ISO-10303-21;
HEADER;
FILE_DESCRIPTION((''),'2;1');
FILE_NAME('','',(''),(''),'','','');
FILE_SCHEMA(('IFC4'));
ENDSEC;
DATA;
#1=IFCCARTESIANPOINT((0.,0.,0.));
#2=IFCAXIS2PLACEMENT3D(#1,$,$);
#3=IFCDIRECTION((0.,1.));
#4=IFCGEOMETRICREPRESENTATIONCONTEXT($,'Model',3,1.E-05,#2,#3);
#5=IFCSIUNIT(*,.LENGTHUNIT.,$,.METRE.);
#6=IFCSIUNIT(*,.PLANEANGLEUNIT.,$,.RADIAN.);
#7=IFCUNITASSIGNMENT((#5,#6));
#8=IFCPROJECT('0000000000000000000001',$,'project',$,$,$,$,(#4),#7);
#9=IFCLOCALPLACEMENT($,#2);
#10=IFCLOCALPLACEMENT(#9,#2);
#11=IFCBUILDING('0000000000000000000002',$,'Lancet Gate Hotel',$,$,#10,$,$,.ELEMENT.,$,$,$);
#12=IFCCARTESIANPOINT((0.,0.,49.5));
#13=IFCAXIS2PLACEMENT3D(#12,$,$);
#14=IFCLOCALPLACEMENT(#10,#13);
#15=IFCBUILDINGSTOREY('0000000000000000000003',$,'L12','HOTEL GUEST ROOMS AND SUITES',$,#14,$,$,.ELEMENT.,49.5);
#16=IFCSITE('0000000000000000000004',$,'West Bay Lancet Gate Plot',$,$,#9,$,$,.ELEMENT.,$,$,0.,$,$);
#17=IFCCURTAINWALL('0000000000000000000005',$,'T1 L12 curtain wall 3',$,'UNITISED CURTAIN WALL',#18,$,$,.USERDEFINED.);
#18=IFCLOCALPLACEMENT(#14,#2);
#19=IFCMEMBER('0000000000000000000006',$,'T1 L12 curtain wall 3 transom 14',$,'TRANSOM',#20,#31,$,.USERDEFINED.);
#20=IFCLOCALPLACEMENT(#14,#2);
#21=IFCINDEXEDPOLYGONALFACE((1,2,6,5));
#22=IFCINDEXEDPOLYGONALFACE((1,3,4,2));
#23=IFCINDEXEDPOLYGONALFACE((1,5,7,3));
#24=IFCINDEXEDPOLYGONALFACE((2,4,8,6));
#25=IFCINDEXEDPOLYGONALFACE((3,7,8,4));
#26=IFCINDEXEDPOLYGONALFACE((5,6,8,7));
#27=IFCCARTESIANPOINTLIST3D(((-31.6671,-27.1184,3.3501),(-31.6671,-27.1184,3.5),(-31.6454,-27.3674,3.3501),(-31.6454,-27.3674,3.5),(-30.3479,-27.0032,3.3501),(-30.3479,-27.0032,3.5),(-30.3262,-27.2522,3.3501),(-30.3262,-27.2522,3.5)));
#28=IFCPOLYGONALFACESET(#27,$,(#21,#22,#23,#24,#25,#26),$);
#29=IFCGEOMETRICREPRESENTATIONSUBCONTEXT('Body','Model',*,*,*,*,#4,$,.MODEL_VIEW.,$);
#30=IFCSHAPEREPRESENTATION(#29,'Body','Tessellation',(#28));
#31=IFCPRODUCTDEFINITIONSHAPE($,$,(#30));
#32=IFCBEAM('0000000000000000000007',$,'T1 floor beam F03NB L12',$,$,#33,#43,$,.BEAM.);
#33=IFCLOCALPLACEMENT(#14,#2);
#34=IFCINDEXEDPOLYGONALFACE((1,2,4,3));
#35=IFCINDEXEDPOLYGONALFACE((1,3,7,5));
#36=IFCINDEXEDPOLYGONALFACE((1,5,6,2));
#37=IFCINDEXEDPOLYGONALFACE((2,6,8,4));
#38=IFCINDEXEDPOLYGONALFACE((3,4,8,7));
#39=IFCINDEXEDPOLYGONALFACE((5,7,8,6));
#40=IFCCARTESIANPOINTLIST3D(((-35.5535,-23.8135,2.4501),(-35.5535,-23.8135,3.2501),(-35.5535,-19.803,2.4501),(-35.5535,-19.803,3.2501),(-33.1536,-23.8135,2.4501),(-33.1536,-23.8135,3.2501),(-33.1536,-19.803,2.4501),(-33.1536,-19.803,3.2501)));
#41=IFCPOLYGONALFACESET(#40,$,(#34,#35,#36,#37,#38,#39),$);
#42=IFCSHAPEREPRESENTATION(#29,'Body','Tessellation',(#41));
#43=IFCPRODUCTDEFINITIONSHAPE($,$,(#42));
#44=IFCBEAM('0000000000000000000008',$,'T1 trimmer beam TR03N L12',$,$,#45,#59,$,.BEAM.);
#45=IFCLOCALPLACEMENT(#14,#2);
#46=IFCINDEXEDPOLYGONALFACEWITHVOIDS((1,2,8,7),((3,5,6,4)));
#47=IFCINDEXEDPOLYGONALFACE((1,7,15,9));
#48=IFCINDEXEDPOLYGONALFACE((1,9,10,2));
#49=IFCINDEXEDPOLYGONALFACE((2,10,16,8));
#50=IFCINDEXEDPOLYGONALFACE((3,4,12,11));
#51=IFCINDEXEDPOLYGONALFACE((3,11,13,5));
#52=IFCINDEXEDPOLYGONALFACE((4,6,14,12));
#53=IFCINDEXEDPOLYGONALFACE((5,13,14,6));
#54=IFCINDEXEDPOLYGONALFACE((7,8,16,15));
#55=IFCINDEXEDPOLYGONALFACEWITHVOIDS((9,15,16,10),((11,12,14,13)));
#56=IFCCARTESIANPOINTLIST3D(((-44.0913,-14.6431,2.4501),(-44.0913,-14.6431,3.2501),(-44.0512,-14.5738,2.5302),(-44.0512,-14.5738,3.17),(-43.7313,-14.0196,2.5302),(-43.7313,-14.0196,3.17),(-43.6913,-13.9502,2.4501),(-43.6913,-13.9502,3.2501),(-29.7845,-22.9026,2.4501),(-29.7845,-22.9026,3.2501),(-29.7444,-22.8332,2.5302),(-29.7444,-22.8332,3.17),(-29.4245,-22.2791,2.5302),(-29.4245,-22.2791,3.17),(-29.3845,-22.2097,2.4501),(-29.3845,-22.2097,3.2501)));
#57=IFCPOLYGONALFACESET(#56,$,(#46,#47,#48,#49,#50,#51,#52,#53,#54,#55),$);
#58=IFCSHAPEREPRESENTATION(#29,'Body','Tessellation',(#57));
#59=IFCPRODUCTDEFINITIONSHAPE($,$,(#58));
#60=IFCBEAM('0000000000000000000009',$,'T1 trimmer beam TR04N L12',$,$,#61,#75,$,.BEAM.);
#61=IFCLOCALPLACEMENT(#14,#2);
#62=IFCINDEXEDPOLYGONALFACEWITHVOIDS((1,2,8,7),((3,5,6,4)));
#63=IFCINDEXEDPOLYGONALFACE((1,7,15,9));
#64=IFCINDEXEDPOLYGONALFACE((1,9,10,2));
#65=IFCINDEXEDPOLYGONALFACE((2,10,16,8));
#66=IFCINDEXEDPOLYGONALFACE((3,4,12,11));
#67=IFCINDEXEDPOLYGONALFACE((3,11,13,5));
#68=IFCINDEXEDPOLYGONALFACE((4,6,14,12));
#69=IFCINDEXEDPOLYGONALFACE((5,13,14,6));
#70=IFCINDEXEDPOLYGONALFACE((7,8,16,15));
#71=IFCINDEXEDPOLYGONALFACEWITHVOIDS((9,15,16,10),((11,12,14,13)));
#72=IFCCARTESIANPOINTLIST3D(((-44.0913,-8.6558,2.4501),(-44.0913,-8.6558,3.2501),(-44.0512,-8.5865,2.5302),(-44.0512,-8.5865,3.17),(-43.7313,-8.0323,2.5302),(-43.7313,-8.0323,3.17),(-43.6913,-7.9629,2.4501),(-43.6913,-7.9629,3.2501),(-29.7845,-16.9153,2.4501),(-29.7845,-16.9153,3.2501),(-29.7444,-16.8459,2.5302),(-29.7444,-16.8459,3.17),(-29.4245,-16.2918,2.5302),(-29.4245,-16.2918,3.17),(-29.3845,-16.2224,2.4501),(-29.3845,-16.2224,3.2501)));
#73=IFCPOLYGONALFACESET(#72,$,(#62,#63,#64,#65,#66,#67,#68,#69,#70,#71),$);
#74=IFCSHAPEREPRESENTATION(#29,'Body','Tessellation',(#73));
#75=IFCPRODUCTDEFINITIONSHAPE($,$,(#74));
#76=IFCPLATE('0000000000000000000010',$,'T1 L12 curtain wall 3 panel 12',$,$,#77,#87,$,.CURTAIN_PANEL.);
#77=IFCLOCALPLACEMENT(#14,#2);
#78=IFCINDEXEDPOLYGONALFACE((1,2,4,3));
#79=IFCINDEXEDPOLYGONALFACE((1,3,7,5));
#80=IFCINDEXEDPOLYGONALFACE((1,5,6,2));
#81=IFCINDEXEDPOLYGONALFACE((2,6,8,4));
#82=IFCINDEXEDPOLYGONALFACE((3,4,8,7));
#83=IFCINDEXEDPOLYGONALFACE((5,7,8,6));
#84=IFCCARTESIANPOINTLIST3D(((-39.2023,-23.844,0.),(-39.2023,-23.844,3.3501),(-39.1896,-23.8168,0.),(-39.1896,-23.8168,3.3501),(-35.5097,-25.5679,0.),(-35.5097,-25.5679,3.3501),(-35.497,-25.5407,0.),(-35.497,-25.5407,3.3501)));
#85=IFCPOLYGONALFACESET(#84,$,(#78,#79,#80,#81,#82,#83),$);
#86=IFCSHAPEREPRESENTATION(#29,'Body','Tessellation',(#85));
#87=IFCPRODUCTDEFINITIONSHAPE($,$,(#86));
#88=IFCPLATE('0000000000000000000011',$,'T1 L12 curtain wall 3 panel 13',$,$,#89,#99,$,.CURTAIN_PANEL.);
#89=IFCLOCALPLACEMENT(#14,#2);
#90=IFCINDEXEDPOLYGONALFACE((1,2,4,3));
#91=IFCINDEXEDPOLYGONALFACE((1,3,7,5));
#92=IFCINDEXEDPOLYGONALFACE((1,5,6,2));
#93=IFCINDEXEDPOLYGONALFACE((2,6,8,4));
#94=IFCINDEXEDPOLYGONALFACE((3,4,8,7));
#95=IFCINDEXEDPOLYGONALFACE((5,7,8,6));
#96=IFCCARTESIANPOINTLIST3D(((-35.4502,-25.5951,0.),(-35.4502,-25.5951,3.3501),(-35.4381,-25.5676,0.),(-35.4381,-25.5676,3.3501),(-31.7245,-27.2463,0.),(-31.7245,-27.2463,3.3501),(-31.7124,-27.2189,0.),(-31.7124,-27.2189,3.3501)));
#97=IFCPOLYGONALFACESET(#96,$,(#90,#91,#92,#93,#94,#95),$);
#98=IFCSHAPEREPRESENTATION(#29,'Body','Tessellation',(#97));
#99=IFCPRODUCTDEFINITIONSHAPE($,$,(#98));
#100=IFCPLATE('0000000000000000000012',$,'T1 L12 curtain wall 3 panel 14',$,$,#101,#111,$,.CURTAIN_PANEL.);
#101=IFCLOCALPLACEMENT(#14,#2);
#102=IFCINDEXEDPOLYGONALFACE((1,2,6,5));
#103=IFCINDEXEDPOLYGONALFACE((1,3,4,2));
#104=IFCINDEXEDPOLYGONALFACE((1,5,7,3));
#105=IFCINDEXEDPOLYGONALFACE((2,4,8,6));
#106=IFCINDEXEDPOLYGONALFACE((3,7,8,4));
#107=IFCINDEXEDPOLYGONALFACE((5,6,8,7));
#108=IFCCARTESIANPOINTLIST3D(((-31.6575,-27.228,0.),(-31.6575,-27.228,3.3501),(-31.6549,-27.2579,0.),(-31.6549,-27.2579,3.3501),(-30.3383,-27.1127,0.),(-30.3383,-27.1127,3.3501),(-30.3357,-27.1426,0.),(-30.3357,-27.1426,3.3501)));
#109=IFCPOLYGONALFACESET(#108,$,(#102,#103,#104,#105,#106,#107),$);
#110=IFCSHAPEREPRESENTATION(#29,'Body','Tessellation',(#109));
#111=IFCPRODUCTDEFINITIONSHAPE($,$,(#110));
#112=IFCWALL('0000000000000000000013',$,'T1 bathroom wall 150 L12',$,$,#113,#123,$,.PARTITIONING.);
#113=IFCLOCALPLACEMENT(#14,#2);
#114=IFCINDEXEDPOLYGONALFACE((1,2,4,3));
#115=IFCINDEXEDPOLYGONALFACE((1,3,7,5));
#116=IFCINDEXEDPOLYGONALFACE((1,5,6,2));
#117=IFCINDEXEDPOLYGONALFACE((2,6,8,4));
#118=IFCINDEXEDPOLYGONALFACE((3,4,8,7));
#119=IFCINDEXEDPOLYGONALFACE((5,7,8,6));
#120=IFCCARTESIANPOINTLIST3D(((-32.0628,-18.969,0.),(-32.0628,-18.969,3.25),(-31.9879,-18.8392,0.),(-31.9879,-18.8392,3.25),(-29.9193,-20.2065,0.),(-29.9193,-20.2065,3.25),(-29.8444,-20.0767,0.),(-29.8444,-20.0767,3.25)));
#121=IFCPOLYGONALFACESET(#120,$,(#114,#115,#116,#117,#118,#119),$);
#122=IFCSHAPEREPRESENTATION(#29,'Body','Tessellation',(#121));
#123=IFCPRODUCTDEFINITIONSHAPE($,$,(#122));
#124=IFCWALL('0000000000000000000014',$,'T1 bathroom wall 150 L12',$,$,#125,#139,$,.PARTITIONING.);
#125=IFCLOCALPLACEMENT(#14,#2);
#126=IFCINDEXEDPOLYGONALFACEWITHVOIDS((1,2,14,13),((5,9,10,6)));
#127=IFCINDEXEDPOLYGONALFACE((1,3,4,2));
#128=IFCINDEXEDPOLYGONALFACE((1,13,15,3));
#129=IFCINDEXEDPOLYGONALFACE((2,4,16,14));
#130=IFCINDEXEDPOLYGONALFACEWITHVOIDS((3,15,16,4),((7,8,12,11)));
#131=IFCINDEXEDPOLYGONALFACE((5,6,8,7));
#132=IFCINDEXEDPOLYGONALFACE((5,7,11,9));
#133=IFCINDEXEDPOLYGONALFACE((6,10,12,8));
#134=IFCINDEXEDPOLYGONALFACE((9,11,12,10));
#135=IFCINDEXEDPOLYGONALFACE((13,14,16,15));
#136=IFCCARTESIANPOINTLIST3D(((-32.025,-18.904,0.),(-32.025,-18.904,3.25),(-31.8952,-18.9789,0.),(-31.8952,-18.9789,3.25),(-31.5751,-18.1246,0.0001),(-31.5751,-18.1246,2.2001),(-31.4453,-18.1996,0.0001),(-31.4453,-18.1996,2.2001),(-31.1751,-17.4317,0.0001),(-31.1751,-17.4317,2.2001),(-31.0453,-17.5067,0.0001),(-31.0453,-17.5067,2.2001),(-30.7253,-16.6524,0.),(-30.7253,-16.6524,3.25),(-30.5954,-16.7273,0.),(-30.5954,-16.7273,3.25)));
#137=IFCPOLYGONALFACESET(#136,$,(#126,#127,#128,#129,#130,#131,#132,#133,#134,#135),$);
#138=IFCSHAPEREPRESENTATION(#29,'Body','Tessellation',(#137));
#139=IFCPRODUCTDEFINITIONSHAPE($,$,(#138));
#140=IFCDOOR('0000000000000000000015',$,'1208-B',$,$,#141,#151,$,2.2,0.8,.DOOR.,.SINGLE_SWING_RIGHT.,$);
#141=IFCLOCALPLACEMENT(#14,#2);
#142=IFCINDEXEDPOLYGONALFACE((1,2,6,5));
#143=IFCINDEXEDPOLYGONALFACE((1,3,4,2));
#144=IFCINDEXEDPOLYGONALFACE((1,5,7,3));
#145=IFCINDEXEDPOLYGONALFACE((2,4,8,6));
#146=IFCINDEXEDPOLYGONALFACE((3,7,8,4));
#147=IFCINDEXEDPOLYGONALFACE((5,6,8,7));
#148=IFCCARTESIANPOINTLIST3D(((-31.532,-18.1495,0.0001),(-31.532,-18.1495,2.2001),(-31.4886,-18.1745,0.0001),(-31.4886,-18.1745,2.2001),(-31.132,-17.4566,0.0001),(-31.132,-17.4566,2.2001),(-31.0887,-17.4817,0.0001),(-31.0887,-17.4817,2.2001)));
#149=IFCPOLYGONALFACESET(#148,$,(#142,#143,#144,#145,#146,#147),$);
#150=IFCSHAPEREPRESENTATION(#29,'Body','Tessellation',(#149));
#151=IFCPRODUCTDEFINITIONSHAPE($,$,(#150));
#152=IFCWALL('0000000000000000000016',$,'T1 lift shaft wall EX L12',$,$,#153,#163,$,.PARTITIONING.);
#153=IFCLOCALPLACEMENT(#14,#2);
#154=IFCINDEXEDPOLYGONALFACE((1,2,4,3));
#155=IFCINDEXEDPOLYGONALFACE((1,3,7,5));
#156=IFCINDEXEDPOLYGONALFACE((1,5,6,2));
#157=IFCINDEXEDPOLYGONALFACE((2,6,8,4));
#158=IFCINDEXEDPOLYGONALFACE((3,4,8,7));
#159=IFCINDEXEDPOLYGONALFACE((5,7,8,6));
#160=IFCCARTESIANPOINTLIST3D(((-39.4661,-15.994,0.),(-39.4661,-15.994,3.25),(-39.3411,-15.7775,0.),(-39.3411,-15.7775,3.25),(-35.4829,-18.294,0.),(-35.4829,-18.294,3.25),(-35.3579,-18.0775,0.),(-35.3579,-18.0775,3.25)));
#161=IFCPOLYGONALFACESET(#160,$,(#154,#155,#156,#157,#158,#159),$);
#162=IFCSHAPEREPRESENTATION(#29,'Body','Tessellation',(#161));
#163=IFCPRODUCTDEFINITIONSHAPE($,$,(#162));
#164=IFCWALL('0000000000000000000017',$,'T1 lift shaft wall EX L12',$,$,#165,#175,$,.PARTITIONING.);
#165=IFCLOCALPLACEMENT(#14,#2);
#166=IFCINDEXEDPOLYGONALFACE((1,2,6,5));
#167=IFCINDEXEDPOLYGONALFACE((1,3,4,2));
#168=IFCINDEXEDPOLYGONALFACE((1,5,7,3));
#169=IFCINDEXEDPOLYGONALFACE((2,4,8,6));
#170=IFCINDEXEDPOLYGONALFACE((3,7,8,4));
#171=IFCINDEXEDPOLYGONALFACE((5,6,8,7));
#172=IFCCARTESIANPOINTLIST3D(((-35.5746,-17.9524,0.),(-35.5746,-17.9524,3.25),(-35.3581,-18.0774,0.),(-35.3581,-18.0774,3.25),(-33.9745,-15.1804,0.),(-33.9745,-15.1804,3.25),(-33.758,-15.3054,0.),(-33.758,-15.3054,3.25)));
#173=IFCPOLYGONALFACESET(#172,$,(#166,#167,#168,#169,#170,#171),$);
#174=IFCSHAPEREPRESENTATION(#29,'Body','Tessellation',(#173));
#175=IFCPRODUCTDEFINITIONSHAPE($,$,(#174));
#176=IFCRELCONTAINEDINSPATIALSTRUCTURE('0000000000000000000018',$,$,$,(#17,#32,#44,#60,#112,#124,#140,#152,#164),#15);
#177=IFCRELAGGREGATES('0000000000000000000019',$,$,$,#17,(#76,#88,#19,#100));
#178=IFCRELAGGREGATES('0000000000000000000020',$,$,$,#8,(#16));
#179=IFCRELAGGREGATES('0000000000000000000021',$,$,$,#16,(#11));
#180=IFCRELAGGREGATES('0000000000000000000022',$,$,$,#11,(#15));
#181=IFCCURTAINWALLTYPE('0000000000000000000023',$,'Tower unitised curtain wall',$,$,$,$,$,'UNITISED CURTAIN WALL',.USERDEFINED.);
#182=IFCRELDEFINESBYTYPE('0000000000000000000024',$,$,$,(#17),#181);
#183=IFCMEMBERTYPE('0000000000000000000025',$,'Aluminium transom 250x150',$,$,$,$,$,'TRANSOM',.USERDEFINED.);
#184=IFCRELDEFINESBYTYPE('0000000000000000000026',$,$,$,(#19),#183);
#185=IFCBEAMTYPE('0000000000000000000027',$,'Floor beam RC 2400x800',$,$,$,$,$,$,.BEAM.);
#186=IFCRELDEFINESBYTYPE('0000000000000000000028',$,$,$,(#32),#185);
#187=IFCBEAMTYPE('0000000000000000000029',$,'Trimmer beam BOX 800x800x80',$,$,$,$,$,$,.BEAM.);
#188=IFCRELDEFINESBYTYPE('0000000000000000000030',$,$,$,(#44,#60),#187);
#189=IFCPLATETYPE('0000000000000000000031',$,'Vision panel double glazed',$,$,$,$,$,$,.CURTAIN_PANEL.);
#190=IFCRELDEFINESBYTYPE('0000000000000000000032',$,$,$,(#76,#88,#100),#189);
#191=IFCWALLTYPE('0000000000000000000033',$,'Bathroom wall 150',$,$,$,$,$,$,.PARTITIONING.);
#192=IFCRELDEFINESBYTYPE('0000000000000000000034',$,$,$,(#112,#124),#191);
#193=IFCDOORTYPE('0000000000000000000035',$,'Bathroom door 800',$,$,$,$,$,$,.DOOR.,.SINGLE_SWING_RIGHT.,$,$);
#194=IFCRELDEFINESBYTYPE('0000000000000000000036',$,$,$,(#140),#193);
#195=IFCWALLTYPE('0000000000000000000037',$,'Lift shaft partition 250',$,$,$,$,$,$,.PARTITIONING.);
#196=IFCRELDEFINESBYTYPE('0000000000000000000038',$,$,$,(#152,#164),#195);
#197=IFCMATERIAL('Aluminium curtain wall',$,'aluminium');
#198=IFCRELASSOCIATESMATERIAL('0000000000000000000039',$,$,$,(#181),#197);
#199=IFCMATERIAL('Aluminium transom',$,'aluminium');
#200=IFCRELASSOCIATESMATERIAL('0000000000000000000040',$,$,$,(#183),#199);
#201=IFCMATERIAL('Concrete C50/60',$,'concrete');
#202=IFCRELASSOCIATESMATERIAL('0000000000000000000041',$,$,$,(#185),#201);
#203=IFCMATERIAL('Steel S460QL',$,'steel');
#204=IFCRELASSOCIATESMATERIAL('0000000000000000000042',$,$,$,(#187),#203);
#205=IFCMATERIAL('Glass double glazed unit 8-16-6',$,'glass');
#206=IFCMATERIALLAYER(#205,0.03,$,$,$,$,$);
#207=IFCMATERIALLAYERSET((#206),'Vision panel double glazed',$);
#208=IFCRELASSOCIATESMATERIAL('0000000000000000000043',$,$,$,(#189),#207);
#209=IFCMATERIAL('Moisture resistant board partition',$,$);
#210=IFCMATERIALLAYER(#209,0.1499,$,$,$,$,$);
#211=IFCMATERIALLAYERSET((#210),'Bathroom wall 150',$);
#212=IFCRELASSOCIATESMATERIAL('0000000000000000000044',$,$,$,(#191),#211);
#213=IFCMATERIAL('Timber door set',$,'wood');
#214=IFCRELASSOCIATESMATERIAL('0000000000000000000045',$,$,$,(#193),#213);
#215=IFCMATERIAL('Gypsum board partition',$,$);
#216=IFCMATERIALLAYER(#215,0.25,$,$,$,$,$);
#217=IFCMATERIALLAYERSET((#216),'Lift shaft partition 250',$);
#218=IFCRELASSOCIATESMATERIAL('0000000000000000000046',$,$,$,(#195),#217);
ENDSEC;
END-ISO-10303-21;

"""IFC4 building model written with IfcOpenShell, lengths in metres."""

from ifc_helpers import new_model, si_unit, direction, frame, frame_2d, origin, origin_2d, place, context, subcontext, project, spatial, rectangle, hollow_rectangle, extrude, material, layer, layer_set, material_profile, profile_set, type_object, element, fill, aggregate, save


model = new_model("IFC4")

# Units and contexts
model_context = context("Model", 3, precision=1e-05, world=origin(), true_north=direction((0.0, 1.0)))
body_context = subcontext(model_context, "Body", "Model", "MODEL_VIEW")
ifc_project = project(units=[si_unit("LENGTHUNIT", "METRE"), si_unit("PLANEANGLEUNIT", "RADIAN")], contexts=[model_context])

# Site, building, storey
site_placement = place(None, origin())
site = spatial("IfcSite", under=ifc_project, at=site_placement, Name="West Bay Lancet Gate Plot", CompositionType="ELEMENT", RefElevation=0.0)
building_placement = place(site_placement, origin())
building = spatial("IfcBuilding", under=site, at=building_placement, Name="Lancet Gate Hotel", CompositionType="ELEMENT")
storey_placement = place(building_placement, frame((0.0, 0.0, 49.5)))
storey = spatial("IfcBuildingStorey", under=building, at=storey_placement, Name="L12", Description="HOTEL GUEST ROOMS AND SUITES", CompositionType="ELEMENT", Elevation=49.5)

# Curtain wall, member
ifc_material_1 = material(Name="Aluminium curtain wall", Category="aluminium")
curtain_wall_type = type_object("IfcCurtainWallType", Name="Tower unitised curtain wall", ElementType="UNITISED CURTAIN WALL", PredefinedType="USERDEFINED", material=ifc_material_1)
curtain_wall_placement = place(storey_placement, origin())
curtain_wall = element("IfcCurtainWall", 1, at=curtain_wall_placement, inside=storey, type_object=curtain_wall_type, Name="T1 L12 curtain wall 3", ObjectType="UNITISED CURTAIN WALL", PredefinedType="USERDEFINED")
ifc_material_2 = material(Name="Aluminium transom", Category="aluminium")
ifc_material_profile_1 = material_profile(ifc_material_2, rectangle(XDim=0.25, YDim=0.1499, at=origin_2d()), Name="TRANSOM 250x150")
ifc_profile_set_1 = profile_set([ifc_material_profile_1], Name="Aluminium transom")
member_type_1 = type_object("IfcMemberType", Name="Aluminium transom 250x150", ElementType="TRANSOM", PredefinedType="USERDEFINED", material=ifc_profile_set_1)
member_1_placement = place(storey_placement, frame((-31.6562, -27.2429, 3.425), z_axis=(0.996206, 0.087027, 0.0), x_axis=(-0.087027, 0.996206, 0.0)))
member_1 = element("IfcMember", 2, at=member_1_placement, type_object=member_type_1, Name="T1 L12 curtain wall 3 transom 14", ObjectType="TRANSOM", PredefinedType="USERDEFINED", context=body_context, shape_type="SweptSolid", body=[
    extrude(rectangle(XDim=0.25, YDim=0.1499, at=origin_2d()), origin(), (0.0, 0.0, 1.0), 1.3242),
])

# Beams
ifc_material_3 = material(Name="Concrete C50/60", Category="concrete")
ifc_material_profile_2 = material_profile(ifc_material_3, rectangle(XDim=2.3999, YDim=0.8, at=origin_2d()), Name="RC 2400x800")
ifc_profile_set_2 = profile_set([ifc_material_profile_2], Name="Concrete C50/60")
beam_type_1 = type_object("IfcBeamType", Name="Floor beam RC 2400x800", PredefinedType="BEAM", material=ifc_profile_set_2)
beam_placement = place(storey_placement, frame((-34.3535, -19.803, 2.8501), z_axis=(0.0, -1.0, 0.0), x_axis=(1.0, 0.0, 0.0)))
element("IfcBeam", 3, at=beam_placement, inside=storey, type_object=beam_type_1, Name="T1 floor beam F03NB L12", PredefinedType="BEAM", context=body_context, shape_type="SweptSolid", body=[
    extrude(rectangle(XDim=2.3999, YDim=0.8, at=origin_2d()), origin(), (0.0, 0.0, 1.0), 4.0105),
])
ifc_material_4 = material(Name="Steel S460QL", Category="steel")
ifc_material_profile_3 = material_profile(ifc_material_4, hollow_rectangle(XDim=0.8, YDim=0.8, WallThickness=0.0801, at=origin_2d()), Name="BOX 800x800x80")
ifc_profile_set_3 = profile_set([ifc_material_profile_3], Name="Steel S460QL")
beam_type_2 = type_object("IfcBeamType", Name="Trimmer beam BOX 800x800x80", PredefinedType="BEAM", material=ifc_profile_set_3)
for number, where, z_axis, x_axis, name in (
    (4, (-29.5845, -22.5562, 2.8501), (-0.86604, 0.499974, 0.0), (-0.499974, -0.86604, 0.0), "T1 trimmer beam TR03N L12"),
    (5, (-29.5845, -16.5688, 2.8501), (-0.86604, 0.499974, 0.0), (-0.499974, -0.86604, 0.0), "T1 trimmer beam TR04N L12"),
):
    element("IfcBeam", number, at=place(storey_placement, frame(where, z_axis=z_axis, x_axis=x_axis)), inside=storey, type_object=beam_type_2, Name=name, PredefinedType="BEAM", context=body_context, shape_type="SweptSolid", body=[
        extrude(hollow_rectangle(XDim=0.8, YDim=0.8, WallThickness=0.0801, at=origin_2d()), origin(), (0.0, 0.0, 1.0), 16.5198),
    ])

# Plates
ifc_material_5 = material(Name="Glass double glazed unit 8-16-6", Category="glass")
ifc_layer_1 = layer(ifc_material_5, 0.03)
ifc_layer_set_1 = layer_set([ifc_layer_1], Name="Vision panel double glazed")
plate_type = type_object("IfcPlateType", Name="Vision panel double glazed", PredefinedType="CURTAIN_PANEL", material=ifc_layer_set_1)
plate_1_placement = place(storey_placement, frame((-37.3496, -24.6924, 0.0), z_axis=(0.0, 0.0, 1.0), x_axis=(0.906118, -0.423026, 0.0)))
plate_1 = element("IfcPlate", 6, at=plate_1_placement, type_object=plate_type, Name="T1 L12 curtain wall 3 panel 12", PredefinedType="CURTAIN_PANEL", context=body_context, shape_type="SweptSolid", body=[
    extrude(rectangle(XDim=4.0752, YDim=0.03, at=origin_2d()), origin(), (0.0, 0.0, 1.0), 3.3501),
])
plate_2_placement = place(storey_placement, frame((-33.5813, -26.407, 0.0), z_axis=(0.0, 0.0, 1.0), x_axis=(0.914234, -0.405186, 0.0)))
plate_2 = element("IfcPlate", 7, at=plate_2_placement, type_object=plate_type, Name="T1 L12 curtain wall 3 panel 13", PredefinedType="CURTAIN_PANEL", context=body_context, shape_type="SweptSolid", body=[
    extrude(rectangle(XDim=4.0752, YDim=0.03, at=origin_2d()), origin(), (0.0, 0.0, 1.0), 3.3501),
])
plate_3_placement = place(storey_placement, frame((-30.9966, -27.1853, 0.0), z_axis=(0.0, 0.0, 1.0), x_axis=(0.996204, 0.087052, 0.0)))
plate_3 = element("IfcPlate", 8, at=plate_3_placement, type_object=plate_type, Name="T1 L12 curtain wall 3 panel 14", PredefinedType="CURTAIN_PANEL", context=body_context, shape_type="SweptSolid", body=[
    extrude(rectangle(XDim=1.3242, YDim=0.03, at=origin_2d()), origin(), (0.0, 0.0, 1.0), 3.3501),
])
aggregate(curtain_wall, [plate_1, plate_2, member_1, plate_3])

# Wall
ifc_material_6 = material(Name="Moisture resistant board partition")
ifc_layer_2 = layer(ifc_material_6, 0.1499)
ifc_layer_set_2 = layer_set([ifc_layer_2], Name="Bathroom wall 150")
wall_type_1 = type_object("IfcWallType", Name="Bathroom wall 150", PredefinedType="PARTITIONING", material=ifc_layer_set_2)
wall_1_placement = place(storey_placement, frame((-29.8818, -20.1416, 0.0), z_axis=(0.0, 0.0, 1.0), x_axis=(-0.866031, 0.49999, 0.0)))
element("IfcWall", 9, at=wall_1_placement, inside=storey, type_object=wall_type_1, Name="T1 bathroom wall 150 L12", PredefinedType="PARTITIONING", context=body_context, shape_type="SweptSolid", body=[
    extrude(rectangle(XDim=2.4751, YDim=0.1499, at=frame_2d((1.2375, 0.0))), origin(), (0.0, 0.0, 1.0), 3.25),
])

# Wall, opening, door
wall_2_placement = place(storey_placement, frame((-30.6604, -16.6899, 0.0), z_axis=(0.0, 0.0, 1.0), x_axis=(-0.499937, -0.866062, 0.0)))
wall_2 = element("IfcWall", 10, at=wall_2_placement, inside=storey, type_object=wall_type_1, Name="T1 bathroom wall 150 L12", PredefinedType="PARTITIONING", context=body_context, shape_type="SweptSolid", body=[
    extrude(rectangle(XDim=2.5999, YDim=0.1499, at=frame_2d((1.2998, 0.0))), origin(), (0.0, 0.0, 1.0), 3.25),
])
opening_placement = place(wall_2_placement, frame((0.8999, 0.0, 0.0)))
opening = element("IfcOpeningElement", 11, at=opening_placement, cuts=wall_2, PredefinedType="OPENING", context=body_context, shape_type="SweptSolid", body=[
    extrude(rectangle(XDim=0.8, YDim=2.2, at=frame_2d((0.3999, 1.1001))), frame((0.0, 0.085, 0.0), z_axis=(0.0, -1.0, 0.0), x_axis=(1.0, 0.0, 0.0)), (0.0, 0.0, 1.0), 0.1699),
])
ifc_material_7 = material(Name="Timber door set", Category="wood")
door_type = type_object("IfcDoorType", Name="Bathroom door 800", OperationType="SINGLE_SWING_RIGHT", PredefinedType="DOOR", material=ifc_material_7)
door_placement = place(opening_placement, origin())
door = element("IfcDoor", 12, at=door_placement, inside=storey, type_object=door_type, Name="1208-B", OperationType="SINGLE_SWING_RIGHT", OverallHeight=2.2, OverallWidth=0.8, PredefinedType="DOOR", context=body_context, shape_type="SweptSolid", body=[
    extrude(rectangle(XDim=0.8, YDim=2.2, at=frame_2d((0.3999, 1.1001))), frame((0.0, 0.0249, 0.0), z_axis=(0.0, -1.0, 0.0), x_axis=(1.0, 0.0, 0.0)), (0.0, 0.0, 1.0), 0.05),
])
fill(opening, door)

# Walls
ifc_material_8 = material(Name="Gypsum board partition")
ifc_layer_3 = layer(ifc_material_8, 0.25)
ifc_layer_set_3 = layer_set([ifc_layer_3], Name="Lift shaft partition 250")
wall_type_2 = type_object("IfcWallType", Name="Lift shaft partition 250", PredefinedType="PARTITIONING", material=ifc_layer_set_3)
wall_3_placement = place(storey_placement, frame((-35.4204, -18.1858, 0.0), z_axis=(0.0, 0.0, 1.0), x_axis=(-0.86599, 0.500061, 0.0)))
element("IfcWall", 13, at=wall_3_placement, inside=storey, type_object=wall_type_2, Name="T1 lift shaft wall EX L12", PredefinedType="PARTITIONING", context=body_context, shape_type="SweptSolid", body=[
    extrude(rectangle(XDim=4.5996, YDim=0.25, at=frame_2d((2.2998, 0.0))), origin(), (0.0, 0.0, 1.0), 3.25),
])
wall_4_placement = place(storey_placement, frame((-33.8662, -15.2429, 0.0), z_axis=(0.0, 0.0, 1.0), x_axis=(-0.499929, -0.866066, 0.0)))
element("IfcWall", 14, at=wall_4_placement, inside=storey, type_object=wall_type_2, Name="T1 lift shaft wall EX L12", PredefinedType="PARTITIONING", context=body_context, shape_type="SweptSolid", body=[
    extrude(rectangle(XDim=3.2007, YDim=0.25, at=frame_2d((1.6003, 0.0))), origin(), (0.0, 0.0, 1.0), 3.25),
])

save(model, "model.ifc")
